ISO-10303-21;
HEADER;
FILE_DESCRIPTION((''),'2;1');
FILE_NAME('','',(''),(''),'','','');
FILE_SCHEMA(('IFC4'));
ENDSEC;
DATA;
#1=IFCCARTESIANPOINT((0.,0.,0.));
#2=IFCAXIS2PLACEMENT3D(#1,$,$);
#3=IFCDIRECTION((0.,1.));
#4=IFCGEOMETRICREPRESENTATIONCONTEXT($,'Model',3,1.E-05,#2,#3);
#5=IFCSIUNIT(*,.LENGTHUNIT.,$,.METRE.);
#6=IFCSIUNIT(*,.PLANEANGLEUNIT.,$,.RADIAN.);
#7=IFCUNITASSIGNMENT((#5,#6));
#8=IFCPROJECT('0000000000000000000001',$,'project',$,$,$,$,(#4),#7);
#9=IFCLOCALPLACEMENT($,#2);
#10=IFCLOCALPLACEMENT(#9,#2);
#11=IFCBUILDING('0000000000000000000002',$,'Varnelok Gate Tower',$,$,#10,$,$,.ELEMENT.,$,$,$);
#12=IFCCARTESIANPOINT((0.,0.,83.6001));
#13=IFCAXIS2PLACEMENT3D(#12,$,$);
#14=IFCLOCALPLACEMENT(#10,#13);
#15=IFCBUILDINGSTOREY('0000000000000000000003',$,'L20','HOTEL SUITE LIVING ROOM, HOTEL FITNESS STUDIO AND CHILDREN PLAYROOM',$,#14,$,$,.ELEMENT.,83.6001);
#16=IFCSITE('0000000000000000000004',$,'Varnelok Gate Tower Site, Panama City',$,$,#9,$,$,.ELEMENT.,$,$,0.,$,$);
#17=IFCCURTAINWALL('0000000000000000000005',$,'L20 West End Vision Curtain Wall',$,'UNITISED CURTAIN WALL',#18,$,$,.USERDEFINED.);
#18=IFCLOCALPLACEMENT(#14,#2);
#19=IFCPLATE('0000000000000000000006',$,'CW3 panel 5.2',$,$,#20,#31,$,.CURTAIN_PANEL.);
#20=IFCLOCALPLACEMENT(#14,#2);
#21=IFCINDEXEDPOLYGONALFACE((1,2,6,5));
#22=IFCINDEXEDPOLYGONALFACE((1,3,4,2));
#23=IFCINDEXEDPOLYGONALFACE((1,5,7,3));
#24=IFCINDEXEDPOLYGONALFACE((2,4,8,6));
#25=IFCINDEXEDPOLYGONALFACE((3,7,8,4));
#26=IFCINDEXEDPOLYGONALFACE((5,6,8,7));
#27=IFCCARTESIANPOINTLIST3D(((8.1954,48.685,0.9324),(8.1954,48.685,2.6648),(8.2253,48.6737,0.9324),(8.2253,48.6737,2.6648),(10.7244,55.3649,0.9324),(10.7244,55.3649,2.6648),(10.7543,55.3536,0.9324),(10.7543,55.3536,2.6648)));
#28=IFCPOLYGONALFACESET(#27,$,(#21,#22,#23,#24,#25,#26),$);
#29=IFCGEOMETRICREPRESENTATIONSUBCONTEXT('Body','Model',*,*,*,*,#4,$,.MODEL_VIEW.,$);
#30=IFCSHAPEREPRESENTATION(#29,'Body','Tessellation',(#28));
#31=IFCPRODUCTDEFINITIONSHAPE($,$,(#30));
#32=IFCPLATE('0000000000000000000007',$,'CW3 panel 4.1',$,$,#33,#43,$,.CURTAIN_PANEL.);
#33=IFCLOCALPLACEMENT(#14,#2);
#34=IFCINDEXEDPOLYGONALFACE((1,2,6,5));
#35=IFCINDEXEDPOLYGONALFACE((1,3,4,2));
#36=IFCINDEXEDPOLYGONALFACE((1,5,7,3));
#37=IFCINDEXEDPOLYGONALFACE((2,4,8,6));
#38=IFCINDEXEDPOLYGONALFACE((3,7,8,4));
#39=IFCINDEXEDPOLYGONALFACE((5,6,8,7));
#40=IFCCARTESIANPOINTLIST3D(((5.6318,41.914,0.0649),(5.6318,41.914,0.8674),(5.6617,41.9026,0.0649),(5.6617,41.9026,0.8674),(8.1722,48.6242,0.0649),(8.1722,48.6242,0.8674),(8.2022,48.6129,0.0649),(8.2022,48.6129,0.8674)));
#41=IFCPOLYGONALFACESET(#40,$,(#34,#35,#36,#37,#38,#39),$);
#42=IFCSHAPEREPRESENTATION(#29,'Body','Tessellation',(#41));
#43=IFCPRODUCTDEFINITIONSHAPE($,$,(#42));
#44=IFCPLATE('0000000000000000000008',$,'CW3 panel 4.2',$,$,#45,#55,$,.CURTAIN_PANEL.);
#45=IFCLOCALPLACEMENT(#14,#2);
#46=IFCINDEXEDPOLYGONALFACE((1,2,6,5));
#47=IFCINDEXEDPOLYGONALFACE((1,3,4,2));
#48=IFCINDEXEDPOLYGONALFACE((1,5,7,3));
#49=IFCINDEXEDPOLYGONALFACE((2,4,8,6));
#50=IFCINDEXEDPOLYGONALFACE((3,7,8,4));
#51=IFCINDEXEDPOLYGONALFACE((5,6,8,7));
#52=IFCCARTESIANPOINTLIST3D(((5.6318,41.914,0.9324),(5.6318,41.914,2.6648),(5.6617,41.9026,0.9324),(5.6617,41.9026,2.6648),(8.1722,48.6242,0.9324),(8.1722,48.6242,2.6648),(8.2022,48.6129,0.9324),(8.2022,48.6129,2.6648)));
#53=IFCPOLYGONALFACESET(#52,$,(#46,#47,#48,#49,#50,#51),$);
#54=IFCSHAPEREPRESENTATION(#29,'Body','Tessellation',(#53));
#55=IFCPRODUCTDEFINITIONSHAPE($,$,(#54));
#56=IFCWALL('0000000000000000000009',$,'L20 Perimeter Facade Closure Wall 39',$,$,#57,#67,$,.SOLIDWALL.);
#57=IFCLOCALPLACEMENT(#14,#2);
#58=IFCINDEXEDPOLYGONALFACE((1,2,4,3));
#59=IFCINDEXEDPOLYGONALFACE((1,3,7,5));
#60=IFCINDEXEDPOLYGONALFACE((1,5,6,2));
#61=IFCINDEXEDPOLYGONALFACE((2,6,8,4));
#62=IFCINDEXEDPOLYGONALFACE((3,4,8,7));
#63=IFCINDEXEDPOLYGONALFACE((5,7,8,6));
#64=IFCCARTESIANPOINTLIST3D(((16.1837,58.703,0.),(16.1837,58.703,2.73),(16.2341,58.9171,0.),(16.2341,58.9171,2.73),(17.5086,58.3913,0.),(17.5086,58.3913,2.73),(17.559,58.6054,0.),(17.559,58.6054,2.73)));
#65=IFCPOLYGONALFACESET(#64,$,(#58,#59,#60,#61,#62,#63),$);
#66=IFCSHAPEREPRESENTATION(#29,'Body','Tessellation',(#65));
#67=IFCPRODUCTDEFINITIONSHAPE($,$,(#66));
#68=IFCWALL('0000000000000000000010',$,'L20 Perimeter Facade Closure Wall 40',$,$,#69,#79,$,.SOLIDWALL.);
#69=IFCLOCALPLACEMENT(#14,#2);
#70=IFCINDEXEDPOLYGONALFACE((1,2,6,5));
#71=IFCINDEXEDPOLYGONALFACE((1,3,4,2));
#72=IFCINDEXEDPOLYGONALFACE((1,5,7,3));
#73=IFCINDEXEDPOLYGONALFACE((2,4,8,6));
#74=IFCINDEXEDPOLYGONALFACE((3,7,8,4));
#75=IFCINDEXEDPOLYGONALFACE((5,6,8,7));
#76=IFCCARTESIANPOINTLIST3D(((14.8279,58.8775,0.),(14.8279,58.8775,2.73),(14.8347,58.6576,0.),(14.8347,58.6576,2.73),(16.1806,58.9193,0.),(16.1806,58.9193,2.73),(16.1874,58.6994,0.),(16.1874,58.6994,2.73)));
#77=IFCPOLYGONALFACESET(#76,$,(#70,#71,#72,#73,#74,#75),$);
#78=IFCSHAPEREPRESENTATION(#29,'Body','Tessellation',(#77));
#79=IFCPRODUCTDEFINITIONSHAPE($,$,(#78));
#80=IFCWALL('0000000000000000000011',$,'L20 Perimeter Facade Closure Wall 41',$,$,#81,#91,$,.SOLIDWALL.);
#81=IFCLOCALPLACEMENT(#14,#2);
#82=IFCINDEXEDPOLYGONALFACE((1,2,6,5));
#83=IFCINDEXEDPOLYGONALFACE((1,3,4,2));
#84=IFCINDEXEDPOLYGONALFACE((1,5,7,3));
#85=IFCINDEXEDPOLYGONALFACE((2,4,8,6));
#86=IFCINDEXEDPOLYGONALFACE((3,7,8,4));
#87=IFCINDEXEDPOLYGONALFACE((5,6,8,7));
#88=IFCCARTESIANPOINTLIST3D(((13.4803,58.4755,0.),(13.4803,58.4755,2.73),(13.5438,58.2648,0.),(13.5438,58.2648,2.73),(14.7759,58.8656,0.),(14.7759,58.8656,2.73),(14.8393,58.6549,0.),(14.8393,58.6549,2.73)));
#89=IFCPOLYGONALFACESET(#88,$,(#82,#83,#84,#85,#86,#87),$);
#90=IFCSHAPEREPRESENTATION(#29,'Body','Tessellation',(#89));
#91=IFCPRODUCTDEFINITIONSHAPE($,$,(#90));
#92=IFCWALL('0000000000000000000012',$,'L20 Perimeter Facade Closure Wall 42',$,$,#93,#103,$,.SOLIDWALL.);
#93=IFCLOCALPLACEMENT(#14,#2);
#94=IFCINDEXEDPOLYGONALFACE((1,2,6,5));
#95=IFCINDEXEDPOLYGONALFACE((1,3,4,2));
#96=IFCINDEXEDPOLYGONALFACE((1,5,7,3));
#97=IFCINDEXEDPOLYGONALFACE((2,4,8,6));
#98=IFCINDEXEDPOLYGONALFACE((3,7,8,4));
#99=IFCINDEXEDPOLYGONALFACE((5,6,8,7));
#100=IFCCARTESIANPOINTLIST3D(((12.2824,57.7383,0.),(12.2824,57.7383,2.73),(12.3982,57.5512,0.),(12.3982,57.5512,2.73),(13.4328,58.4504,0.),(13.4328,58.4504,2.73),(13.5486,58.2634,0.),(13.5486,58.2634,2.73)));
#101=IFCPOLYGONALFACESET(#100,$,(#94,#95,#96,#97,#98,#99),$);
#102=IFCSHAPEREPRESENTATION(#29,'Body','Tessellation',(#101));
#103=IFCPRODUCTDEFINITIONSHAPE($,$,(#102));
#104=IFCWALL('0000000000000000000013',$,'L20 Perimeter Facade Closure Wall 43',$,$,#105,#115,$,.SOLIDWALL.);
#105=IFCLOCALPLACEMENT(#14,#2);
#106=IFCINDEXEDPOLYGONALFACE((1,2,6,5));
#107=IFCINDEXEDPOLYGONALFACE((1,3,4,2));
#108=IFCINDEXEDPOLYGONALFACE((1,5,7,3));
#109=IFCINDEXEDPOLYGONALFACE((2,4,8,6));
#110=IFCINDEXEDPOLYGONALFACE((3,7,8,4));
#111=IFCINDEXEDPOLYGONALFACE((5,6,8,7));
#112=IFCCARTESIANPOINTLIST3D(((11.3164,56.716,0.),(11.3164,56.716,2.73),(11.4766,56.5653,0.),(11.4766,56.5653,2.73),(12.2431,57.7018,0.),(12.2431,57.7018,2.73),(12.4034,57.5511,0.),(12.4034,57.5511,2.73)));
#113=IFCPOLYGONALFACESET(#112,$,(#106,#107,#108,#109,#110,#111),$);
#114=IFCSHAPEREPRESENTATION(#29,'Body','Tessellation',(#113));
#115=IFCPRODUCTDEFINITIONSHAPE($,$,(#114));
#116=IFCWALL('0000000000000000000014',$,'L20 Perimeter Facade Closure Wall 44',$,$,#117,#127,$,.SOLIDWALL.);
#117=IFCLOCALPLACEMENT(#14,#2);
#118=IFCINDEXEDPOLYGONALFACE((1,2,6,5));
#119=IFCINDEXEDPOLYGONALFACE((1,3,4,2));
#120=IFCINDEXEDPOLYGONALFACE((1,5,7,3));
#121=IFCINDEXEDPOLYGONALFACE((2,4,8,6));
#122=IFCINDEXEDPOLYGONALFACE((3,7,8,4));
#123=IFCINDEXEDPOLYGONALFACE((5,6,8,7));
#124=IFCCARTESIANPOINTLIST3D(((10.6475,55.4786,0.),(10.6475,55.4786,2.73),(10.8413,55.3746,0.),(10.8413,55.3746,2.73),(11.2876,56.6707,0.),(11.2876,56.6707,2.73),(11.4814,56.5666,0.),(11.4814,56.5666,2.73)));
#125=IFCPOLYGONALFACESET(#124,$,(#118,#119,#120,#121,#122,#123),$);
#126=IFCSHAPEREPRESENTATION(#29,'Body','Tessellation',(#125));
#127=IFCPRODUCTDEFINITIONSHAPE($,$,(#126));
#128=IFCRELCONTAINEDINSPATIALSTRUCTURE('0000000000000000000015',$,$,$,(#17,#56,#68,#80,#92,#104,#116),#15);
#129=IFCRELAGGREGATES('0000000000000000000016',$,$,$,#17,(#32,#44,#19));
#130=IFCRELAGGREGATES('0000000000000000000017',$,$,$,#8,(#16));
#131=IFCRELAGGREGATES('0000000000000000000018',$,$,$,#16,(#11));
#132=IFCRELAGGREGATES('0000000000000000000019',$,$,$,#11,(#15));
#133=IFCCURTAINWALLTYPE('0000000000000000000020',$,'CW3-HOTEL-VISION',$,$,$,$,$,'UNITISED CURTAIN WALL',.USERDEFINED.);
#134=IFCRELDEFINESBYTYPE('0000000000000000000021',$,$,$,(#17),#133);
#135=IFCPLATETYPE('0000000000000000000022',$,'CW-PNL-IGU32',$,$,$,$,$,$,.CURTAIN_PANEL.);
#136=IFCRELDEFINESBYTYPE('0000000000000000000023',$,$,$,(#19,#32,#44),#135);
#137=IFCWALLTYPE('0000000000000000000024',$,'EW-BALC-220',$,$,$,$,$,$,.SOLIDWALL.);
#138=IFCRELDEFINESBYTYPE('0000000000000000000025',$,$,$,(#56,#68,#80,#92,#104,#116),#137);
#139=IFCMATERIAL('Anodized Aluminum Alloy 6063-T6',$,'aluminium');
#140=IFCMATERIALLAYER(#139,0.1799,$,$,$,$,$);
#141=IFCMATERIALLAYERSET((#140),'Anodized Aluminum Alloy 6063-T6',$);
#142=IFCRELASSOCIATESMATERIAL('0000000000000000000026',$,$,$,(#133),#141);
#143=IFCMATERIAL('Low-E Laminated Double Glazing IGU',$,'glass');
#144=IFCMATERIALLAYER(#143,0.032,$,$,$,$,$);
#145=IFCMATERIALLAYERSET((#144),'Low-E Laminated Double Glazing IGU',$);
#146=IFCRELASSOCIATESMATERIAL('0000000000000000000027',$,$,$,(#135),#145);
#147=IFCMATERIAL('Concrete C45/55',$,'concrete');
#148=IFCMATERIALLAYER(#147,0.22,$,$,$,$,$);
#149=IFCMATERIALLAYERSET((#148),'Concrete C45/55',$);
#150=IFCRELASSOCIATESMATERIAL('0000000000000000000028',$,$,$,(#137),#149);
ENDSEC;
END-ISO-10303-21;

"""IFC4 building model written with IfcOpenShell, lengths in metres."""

from ifc_helpers import new_model, si_unit, direction, frame, frame_2d, origin, origin_2d, place, context, subcontext, project, spatial, rectangle, extrude, source, transform, mapped, material, layer, layer_set, type_object, element, aggregate, save


model = new_model("IFC4")

# Units and contexts
model_context = context("Model", 3, precision=1e-05, world=origin(), true_north=direction((0.0, 1.0)))
body_context = subcontext(model_context, "Body", "Model", "MODEL_VIEW")
ifc_project = project(units=[si_unit("LENGTHUNIT", "METRE"), si_unit("PLANEANGLEUNIT", "RADIAN")], contexts=[model_context])

# Site, building, storey
site_placement = place(None, origin())
site = spatial("IfcSite", under=ifc_project, at=site_placement, Name="Varnelok Gate Tower Site, Panama City", CompositionType="ELEMENT", RefElevation=0.0)
building_placement = place(site_placement, origin())
building = spatial("IfcBuilding", under=site, at=building_placement, Name="Varnelok Gate Tower", CompositionType="ELEMENT")
storey_placement = place(building_placement, frame((0.0, 0.0, 83.6001)))
storey = spatial("IfcBuildingStorey", under=building, at=storey_placement, Name="L20", Description="HOTEL SUITE LIVING ROOM, HOTEL FITNESS STUDIO AND CHILDREN PLAYROOM", CompositionType="ELEMENT", Elevation=83.6001)

# Curtain wall, plates
ifc_material_1 = material(Name="Anodized Aluminum Alloy 6063-T6", Category="aluminium")
ifc_layer_1 = layer(ifc_material_1, 0.1799)
ifc_layer_set_1 = layer_set([ifc_layer_1], Name="Anodized Aluminum Alloy 6063-T6")
curtain_wall_type = type_object("IfcCurtainWallType", Name="CW3-HOTEL-VISION", ElementType="UNITISED CURTAIN WALL", PredefinedType="USERDEFINED", material=ifc_layer_set_1)
curtain_wall_placement = place(storey_placement, origin())
curtain_wall = element("IfcCurtainWall", 1, at=curtain_wall_placement, inside=storey, type_object=curtain_wall_type, Name="L20 West End Vision Curtain Wall", ObjectType="UNITISED CURTAIN WALL", PredefinedType="USERDEFINED")
ifc_material_2 = material(Name="Low-E Laminated Double Glazing IGU", Category="glass")
ifc_layer_2 = layer(ifc_material_2, 0.032)
ifc_layer_set_2 = layer_set([ifc_layer_2], Name="Low-E Laminated Double Glazing IGU")
plate_type = type_object("IfcPlateType", Name="CW-PNL-IGU32", PredefinedType="CURTAIN_PANEL", material=ifc_layer_set_2)
shared_shape_1 = source(origin(), body_context, "Body", "SweptSolid", [
    extrude(rectangle(XDim=7.1426, YDim=0.032, at=origin_2d()), origin(), (0.0, 0.0, 1.0), 1.7324),
])
plate_1_placement = place(storey_placement, frame((9.4749, 52.0193, 0.9324), z_axis=(0.0, 0.0, 1.0), x_axis=(0.354064, 0.935221, 0.0)))
plate_1 = element("IfcPlate", 2, at=plate_1_placement, type_object=plate_type, Name="CW3 panel 5.2", PredefinedType="CURTAIN_PANEL", context=body_context, shape_type="MappedRepresentation", body=[
    mapped(shared_shape_1, transform((0.0, 0.0, 0.0), scale=1.0)),
])
shared_shape_2 = source(origin(), body_context, "Body", "SweptSolid", [
    extrude(rectangle(XDim=7.175, YDim=0.032, at=origin_2d()), origin(), (0.0, 0.0, 1.0), 0.8025),
])
plate_2_placement = place(storey_placement, frame((6.917, 45.2634, 0.0649), z_axis=(0.0, 0.0, 1.0), x_axis=(0.354064, 0.935221, 0.0)))
plate_2 = element("IfcPlate", 3, at=plate_2_placement, type_object=plate_type, Name="CW3 panel 4.1", PredefinedType="CURTAIN_PANEL", context=body_context, shape_type="MappedRepresentation", body=[
    mapped(shared_shape_2, transform((0.0, 0.0, 0.0), scale=1.0)),
])
shared_shape_3 = source(origin(), body_context, "Body", "SweptSolid", [
    extrude(rectangle(XDim=7.175, YDim=0.032, at=origin_2d()), origin(), (0.0, 0.0, 1.0), 1.7324),
])
plate_3_placement = place(storey_placement, frame((6.917, 45.2634, 0.9324), z_axis=(0.0, 0.0, 1.0), x_axis=(0.354064, 0.935221, 0.0)))
plate_3 = element("IfcPlate", 4, at=plate_3_placement, type_object=plate_type, Name="CW3 panel 4.2", PredefinedType="CURTAIN_PANEL", context=body_context, shape_type="MappedRepresentation", body=[
    mapped(shared_shape_3, transform((0.0, 0.0, 0.0), scale=1.0)),
])
aggregate(curtain_wall, [plate_2, plate_3, plate_1])

# Walls
ifc_material_3 = material(Name="Concrete C45/55", Category="concrete")
ifc_layer_3 = layer(ifc_material_3, 0.22)
ifc_layer_set_3 = layer_set([ifc_layer_3], Name="Concrete C45/55")
wall_type = type_object("IfcWallType", Name="EW-BALC-220", PredefinedType="SOLIDWALL", material=ifc_layer_set_3)
wall_1_placement = place(storey_placement, frame((17.5339, 58.4983, 0.0), z_axis=(0.0, 0.0, 1.0), x_axis=(-0.973415, 0.229049, 0.0)))
element("IfcWall", 5, at=wall_1_placement, inside=storey, type_object=wall_type, Name="L20 Perimeter Facade Closure Wall 39", PredefinedType="SOLIDWALL", context=body_context, shape_type="SweptSolid", body=[
    extrude(rectangle(XDim=1.3611, YDim=0.22, at=frame_2d((0.6807, 0.0))), origin(), (0.0, 0.0, 1.0), 2.73),
])
wall_2_placement = place(storey_placement, frame((16.1841, 58.8093, 0.0), z_axis=(0.0, 0.0, 1.0), x_axis=(-0.999524, -0.030852, 0.0)))
element("IfcWall", 6, at=wall_2_placement, inside=storey, type_object=wall_type, Name="L20 Perimeter Facade Closure Wall 40", PredefinedType="SOLIDWALL", context=body_context, shape_type="SweptSolid", body=[
    extrude(rectangle(XDim=1.3533, YDim=0.22, at=frame_2d((0.6768, 0.0))), origin(), (0.0, 0.0, 1.0), 2.73),
])
for number, where, z_axis, x_axis, name in (
    (7, (14.8076, 58.7603, 0.0), (0.0, 0.0, 1.0), (-0.957533, -0.288324, 0.0), "L20 Perimeter Facade Closure Wall 41"),
    (8, (13.4907, 58.3569, 0.0), (0.0, 0.0, 1.0), (-0.850261, -0.526361, 0.0), "L20 Perimeter Facade Closure Wall 42"),
    (9, (12.3232, 57.6265, 0.0), (0.0, 0.0, 1.0), (-0.684937, -0.728602, 0.0), "L20 Perimeter Facade Closure Wall 43"),
    (10, (11.3845, 56.6187, 0.0), (0.0, 0.0, 1.0), (-0.473077, -0.881021, 0.0), "L20 Perimeter Facade Closure Wall 44"),
):
    element("IfcWall", number, at=place(storey_placement, frame(where, z_axis=z_axis, x_axis=x_axis)), inside=storey, type_object=wall_type, Name=name, PredefinedType="SOLIDWALL", context=body_context, shape_type="SweptSolid", body=[
        extrude(rectangle(XDim=1.353, YDim=0.22, at=frame_2d((0.6765, 0.0))), origin(), (0.0, 0.0, 1.0), 2.73),
    ])

save(model, "model.ifc")
